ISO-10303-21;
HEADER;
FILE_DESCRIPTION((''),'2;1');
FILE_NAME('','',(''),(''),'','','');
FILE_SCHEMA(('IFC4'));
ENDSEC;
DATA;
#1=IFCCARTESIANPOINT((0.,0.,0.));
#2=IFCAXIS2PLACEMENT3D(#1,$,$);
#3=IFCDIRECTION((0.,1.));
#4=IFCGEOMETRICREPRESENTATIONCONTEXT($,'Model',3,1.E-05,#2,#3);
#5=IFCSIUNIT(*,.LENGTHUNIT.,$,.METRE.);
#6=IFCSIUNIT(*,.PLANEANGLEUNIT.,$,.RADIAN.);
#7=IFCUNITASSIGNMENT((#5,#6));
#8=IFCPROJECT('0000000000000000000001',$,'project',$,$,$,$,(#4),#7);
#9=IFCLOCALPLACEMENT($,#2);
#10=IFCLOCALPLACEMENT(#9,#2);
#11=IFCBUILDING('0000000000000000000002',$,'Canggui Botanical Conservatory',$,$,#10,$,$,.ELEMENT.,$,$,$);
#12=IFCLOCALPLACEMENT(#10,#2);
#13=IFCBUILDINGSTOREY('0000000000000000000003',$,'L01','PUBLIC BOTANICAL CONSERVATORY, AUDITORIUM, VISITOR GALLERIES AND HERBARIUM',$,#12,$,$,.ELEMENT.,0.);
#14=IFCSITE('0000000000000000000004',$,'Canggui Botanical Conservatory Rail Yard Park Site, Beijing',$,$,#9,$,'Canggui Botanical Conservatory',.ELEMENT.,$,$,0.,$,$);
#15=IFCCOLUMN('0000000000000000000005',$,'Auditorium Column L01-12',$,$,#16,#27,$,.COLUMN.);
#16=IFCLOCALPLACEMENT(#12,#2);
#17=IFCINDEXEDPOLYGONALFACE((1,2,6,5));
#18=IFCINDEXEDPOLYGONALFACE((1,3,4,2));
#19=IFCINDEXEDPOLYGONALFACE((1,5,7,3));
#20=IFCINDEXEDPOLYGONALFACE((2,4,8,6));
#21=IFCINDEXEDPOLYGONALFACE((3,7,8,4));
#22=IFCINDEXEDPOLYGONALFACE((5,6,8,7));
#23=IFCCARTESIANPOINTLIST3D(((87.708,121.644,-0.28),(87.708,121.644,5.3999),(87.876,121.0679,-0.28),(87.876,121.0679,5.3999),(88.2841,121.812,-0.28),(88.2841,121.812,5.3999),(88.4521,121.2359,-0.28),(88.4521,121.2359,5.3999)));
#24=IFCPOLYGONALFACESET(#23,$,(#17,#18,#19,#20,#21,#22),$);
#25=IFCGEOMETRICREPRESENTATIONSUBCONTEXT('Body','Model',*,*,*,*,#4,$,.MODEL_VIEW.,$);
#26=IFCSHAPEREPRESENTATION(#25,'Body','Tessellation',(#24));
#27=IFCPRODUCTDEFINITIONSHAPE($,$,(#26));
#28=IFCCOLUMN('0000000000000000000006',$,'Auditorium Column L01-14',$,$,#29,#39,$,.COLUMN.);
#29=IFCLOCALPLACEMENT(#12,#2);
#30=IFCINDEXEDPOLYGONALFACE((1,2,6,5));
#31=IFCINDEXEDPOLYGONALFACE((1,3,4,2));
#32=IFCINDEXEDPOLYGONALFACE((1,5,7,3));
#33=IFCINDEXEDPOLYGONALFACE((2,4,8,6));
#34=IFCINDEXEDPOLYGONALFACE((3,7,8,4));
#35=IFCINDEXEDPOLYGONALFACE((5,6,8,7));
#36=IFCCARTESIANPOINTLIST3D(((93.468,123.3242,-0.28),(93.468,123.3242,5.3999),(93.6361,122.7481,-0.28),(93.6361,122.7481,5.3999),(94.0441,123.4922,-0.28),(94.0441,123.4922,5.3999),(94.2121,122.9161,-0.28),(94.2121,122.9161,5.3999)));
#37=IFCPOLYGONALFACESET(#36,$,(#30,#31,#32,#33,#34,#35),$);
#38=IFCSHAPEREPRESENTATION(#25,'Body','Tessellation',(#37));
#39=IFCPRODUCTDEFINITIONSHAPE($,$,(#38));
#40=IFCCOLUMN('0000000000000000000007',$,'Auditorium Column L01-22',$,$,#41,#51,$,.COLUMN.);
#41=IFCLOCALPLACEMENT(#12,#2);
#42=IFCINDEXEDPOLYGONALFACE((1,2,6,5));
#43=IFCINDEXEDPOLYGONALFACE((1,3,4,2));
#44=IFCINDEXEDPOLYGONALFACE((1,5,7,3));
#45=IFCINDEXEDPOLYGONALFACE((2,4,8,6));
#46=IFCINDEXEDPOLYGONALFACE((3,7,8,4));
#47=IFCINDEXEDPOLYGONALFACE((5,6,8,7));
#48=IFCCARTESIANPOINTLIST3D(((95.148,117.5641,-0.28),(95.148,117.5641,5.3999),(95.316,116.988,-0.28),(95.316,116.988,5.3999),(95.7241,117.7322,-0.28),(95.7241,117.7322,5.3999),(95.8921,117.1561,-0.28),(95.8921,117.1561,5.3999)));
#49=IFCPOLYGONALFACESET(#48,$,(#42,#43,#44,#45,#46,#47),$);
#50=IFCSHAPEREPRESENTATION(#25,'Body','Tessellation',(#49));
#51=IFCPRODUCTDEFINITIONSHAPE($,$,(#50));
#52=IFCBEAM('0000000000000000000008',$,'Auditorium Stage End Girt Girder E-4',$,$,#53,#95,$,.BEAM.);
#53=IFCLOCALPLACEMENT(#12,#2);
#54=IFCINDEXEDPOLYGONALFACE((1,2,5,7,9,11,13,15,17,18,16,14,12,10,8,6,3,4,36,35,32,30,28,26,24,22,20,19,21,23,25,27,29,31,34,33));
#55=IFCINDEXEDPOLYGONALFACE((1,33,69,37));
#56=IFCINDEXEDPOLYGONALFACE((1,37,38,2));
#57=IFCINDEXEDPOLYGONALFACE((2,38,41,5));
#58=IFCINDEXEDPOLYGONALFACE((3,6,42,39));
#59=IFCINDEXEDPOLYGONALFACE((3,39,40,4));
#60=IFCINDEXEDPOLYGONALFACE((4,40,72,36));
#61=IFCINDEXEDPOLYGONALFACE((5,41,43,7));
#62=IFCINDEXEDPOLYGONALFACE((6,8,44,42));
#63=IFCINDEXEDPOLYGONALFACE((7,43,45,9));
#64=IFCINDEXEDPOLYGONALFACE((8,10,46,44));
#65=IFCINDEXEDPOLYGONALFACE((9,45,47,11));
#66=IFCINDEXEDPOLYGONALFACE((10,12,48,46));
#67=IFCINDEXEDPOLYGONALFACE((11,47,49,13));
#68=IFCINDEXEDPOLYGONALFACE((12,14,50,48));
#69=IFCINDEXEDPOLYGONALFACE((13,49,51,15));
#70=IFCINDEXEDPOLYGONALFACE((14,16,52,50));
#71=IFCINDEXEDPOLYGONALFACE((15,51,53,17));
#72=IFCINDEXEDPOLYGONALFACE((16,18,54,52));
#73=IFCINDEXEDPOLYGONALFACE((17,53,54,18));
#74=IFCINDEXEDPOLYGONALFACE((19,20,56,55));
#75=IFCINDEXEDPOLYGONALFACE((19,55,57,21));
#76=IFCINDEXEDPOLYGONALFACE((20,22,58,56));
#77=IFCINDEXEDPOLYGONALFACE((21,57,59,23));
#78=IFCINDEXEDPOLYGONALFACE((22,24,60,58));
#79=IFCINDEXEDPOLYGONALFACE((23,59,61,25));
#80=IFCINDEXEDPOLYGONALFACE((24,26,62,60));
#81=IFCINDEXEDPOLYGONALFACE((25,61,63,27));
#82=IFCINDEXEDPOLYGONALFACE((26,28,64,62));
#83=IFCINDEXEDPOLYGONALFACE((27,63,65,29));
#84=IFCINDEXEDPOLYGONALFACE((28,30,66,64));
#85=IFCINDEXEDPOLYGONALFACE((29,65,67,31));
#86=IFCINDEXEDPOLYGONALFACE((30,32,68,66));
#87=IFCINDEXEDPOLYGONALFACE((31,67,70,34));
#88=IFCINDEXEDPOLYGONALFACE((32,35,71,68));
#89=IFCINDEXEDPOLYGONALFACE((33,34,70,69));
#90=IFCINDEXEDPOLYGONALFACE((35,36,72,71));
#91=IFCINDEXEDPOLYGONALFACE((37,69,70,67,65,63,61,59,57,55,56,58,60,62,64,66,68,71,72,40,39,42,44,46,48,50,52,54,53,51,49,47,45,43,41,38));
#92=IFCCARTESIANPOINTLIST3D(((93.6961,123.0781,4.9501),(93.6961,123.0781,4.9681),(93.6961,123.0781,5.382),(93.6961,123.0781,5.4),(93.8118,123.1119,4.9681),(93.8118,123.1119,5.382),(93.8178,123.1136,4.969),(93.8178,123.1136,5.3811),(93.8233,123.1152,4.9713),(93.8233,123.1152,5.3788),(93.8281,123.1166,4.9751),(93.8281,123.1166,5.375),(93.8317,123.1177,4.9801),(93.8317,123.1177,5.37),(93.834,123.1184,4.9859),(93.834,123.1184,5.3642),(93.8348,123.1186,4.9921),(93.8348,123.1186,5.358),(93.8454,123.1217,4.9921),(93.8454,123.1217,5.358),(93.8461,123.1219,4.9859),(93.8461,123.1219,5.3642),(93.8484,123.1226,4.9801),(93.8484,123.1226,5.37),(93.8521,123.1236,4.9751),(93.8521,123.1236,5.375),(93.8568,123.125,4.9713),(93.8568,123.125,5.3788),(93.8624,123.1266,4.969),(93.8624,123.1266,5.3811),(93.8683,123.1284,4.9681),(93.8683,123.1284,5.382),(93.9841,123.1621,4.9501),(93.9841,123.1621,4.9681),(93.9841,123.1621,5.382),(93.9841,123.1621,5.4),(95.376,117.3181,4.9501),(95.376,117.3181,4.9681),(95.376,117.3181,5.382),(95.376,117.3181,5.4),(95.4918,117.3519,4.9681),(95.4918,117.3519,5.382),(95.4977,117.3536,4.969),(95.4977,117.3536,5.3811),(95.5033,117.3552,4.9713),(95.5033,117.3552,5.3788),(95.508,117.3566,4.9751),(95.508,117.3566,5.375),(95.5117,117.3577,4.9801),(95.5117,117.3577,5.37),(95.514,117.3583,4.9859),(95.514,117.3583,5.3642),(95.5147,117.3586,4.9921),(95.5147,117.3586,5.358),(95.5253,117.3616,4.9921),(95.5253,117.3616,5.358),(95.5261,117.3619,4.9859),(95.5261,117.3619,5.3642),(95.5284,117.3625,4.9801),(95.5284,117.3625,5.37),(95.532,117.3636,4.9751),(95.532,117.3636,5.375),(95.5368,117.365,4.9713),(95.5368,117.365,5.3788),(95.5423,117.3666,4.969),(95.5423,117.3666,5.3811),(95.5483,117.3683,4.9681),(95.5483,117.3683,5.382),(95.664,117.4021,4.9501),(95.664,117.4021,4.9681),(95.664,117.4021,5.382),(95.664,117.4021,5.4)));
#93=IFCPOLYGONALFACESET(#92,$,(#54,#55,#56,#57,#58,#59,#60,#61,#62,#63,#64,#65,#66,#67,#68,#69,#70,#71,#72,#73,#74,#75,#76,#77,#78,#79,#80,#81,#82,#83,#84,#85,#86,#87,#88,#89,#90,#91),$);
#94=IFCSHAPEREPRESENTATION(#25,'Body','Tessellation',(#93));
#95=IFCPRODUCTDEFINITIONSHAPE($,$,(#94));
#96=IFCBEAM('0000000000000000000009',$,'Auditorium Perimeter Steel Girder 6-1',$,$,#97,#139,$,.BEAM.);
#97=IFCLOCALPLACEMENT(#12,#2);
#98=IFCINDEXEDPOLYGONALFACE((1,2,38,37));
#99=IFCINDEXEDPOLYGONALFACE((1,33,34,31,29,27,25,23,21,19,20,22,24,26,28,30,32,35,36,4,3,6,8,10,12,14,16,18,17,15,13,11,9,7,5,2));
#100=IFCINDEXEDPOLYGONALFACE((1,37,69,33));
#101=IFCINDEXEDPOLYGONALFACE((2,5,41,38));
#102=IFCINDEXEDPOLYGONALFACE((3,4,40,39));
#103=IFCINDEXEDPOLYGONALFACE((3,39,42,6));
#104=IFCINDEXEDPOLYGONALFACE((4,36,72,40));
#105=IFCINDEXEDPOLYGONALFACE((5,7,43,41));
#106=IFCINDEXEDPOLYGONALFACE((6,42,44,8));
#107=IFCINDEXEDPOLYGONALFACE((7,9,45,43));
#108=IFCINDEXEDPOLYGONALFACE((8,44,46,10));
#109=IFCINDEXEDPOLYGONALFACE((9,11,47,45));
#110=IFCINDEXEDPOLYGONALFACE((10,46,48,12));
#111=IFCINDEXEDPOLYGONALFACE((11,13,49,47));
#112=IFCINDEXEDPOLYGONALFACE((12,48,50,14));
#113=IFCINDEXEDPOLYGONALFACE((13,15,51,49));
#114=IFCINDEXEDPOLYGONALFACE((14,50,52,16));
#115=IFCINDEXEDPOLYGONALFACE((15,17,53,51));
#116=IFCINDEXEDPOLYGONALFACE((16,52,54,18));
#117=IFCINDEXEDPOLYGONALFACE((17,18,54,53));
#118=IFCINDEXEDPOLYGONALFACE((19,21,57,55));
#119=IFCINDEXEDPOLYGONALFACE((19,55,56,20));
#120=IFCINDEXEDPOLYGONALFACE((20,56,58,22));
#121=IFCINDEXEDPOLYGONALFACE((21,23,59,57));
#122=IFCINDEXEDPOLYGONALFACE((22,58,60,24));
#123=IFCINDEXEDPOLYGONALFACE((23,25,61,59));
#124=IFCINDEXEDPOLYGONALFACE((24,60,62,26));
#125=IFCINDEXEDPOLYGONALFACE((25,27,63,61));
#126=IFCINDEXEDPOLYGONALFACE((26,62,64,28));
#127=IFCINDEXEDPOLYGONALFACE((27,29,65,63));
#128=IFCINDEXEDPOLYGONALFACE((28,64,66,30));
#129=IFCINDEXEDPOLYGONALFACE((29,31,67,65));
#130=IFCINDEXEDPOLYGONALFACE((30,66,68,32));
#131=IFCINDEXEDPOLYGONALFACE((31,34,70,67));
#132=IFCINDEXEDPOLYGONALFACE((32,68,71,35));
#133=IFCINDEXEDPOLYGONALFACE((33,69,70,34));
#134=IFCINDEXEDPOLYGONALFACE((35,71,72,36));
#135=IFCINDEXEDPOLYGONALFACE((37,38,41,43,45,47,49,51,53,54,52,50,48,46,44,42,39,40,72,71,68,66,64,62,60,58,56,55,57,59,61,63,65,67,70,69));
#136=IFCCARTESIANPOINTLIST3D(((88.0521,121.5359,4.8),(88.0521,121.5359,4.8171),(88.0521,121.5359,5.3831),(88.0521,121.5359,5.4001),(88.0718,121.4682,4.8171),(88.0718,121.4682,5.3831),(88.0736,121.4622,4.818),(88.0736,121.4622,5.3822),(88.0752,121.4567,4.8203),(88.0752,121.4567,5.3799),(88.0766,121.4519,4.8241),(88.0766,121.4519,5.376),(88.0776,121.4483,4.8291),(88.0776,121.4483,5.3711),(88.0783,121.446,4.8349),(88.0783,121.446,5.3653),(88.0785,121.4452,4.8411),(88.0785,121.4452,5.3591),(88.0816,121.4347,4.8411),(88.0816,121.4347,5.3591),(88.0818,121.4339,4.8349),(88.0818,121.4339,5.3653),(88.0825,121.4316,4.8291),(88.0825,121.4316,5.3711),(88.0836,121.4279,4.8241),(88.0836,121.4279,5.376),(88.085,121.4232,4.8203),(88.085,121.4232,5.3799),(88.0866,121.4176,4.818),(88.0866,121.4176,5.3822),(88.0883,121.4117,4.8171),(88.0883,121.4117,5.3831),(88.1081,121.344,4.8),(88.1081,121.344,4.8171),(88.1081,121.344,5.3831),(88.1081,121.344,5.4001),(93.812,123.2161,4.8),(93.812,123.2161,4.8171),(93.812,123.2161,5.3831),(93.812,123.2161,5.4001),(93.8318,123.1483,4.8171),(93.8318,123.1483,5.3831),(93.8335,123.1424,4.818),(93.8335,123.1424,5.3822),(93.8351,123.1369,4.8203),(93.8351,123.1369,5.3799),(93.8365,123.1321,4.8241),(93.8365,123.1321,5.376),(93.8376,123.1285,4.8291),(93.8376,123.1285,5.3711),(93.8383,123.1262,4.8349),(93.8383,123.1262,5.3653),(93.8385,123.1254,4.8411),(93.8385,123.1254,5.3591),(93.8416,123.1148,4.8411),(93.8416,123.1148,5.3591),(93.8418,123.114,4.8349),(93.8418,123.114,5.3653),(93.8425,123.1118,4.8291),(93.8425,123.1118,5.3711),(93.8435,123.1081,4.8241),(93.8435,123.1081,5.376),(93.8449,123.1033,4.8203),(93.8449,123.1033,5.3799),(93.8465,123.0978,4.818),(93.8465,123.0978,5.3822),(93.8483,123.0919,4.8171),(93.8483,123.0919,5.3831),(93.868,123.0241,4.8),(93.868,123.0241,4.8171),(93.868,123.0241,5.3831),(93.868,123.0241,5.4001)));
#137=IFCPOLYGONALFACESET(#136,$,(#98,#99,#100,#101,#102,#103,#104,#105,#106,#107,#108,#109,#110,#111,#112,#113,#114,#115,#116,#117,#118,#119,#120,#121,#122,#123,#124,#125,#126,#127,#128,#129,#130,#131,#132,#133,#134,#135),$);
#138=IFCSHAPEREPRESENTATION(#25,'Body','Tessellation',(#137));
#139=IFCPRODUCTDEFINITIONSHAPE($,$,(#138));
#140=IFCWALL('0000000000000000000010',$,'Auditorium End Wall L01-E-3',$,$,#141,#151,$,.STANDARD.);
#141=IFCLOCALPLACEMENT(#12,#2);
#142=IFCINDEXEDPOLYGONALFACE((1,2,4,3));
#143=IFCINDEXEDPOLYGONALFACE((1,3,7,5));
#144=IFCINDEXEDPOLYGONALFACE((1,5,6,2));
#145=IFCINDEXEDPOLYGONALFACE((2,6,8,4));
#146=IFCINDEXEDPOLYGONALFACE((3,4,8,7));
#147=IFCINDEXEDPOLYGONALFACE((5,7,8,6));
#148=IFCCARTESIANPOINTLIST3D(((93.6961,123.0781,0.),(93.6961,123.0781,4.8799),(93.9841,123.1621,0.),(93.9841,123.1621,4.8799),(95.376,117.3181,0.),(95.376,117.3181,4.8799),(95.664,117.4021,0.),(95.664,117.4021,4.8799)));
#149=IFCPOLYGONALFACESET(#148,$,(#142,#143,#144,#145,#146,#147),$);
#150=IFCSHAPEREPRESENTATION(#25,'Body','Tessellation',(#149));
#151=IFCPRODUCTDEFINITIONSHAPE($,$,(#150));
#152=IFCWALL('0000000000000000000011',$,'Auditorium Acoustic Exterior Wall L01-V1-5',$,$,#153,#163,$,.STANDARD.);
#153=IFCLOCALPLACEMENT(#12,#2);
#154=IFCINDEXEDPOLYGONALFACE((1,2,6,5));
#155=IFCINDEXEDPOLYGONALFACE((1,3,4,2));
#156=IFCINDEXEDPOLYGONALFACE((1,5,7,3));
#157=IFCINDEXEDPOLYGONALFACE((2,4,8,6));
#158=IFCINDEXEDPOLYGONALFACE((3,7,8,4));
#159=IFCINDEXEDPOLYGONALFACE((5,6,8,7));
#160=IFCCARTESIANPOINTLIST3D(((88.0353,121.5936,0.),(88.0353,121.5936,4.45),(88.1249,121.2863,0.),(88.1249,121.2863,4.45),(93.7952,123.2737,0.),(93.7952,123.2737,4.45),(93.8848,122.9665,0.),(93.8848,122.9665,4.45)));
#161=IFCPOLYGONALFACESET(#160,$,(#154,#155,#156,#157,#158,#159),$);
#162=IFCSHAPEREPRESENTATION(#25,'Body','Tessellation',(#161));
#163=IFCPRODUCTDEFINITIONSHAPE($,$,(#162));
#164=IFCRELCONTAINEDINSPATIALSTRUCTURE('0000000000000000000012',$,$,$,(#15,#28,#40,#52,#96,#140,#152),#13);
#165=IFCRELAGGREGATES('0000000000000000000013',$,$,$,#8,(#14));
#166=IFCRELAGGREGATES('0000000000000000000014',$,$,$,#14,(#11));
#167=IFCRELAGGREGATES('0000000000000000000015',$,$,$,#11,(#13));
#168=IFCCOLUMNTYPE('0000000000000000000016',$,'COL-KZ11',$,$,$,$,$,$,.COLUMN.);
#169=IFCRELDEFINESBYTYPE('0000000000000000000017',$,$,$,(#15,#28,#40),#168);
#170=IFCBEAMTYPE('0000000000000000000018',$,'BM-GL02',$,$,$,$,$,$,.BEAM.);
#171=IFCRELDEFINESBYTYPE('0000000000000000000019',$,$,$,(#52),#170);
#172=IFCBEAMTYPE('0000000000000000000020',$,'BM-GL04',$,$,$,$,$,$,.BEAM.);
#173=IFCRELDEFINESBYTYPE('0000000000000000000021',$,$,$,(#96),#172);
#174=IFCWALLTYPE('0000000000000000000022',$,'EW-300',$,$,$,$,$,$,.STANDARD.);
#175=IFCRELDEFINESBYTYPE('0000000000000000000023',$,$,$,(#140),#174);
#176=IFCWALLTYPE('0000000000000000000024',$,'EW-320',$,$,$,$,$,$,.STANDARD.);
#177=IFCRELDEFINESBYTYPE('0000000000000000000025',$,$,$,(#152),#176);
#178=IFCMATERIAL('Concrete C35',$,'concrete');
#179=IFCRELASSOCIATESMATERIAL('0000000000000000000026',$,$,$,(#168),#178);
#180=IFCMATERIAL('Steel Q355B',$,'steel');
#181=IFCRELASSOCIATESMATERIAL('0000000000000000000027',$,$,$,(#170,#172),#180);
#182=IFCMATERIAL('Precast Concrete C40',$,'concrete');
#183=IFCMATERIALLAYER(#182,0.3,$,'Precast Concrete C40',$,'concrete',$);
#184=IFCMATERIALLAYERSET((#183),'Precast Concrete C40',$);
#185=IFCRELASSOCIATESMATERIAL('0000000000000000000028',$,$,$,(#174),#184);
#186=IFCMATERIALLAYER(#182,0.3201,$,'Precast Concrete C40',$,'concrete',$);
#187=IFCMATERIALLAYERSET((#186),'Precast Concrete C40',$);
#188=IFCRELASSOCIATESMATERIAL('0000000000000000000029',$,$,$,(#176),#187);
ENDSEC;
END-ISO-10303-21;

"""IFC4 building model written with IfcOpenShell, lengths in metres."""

from ifc_helpers import new_model, si_unit, direction, frame, frame_2d, origin, origin_2d, place, context, subcontext, project, spatial, rectangle, i_section, extrude, material, layer, layer_set, material_profile, profile_set, type_object, element, save


model = new_model("IFC4")

# Units and contexts
model_context = context("Model", 3, precision=1e-05, world=origin(), true_north=direction((0.0, 1.0)))
body_context = subcontext(model_context, "Body", "Model", "MODEL_VIEW")
ifc_project = project(units=[si_unit("LENGTHUNIT", "METRE"), si_unit("PLANEANGLEUNIT", "RADIAN")], contexts=[model_context])

# Site, building, storey
site_placement = place(None, origin())
site = spatial("IfcSite", under=ifc_project, at=site_placement, Name="Canggui Botanical Conservatory Rail Yard Park Site, Beijing", LongName="Canggui Botanical Conservatory", CompositionType="ELEMENT", RefElevation=0.0)
building_placement = place(site_placement, origin())
building = spatial("IfcBuilding", under=site, at=building_placement, Name="Canggui Botanical Conservatory", CompositionType="ELEMENT")
storey_placement = place(building_placement, origin())
storey = spatial("IfcBuildingStorey", under=building, at=storey_placement, Name="L01", Description="PUBLIC BOTANICAL CONSERVATORY, AUDITORIUM, VISITOR GALLERIES AND HERBARIUM", CompositionType="ELEMENT", Elevation=0.0)

# Shared definitions
ifc_material_1 = material(Name="Concrete C35", Category="concrete")

# Columns
ifc_material_profile_1 = material_profile(ifc_material_1, rectangle(XDim=0.6001, YDim=0.6001, at=origin_2d()), Name="RC 600x600")
ifc_profile_set_1 = profile_set([ifc_material_profile_1], Name="Concrete C35")
column_type = type_object("IfcColumnType", Name="COL-KZ11", PredefinedType="COLUMN", material=ifc_profile_set_1)
for number, where, z_axis, x_axis, name in (
    (1, (88.0801, 121.4399, -0.28), (0.0, 0.0, 1.0), (0.96, 0.28, 0.0), "Auditorium Column L01-12"),
    (2, (93.8401, 123.1201, -0.28), (0.0, 0.0, 1.0), (0.96, 0.28, 0.0), "Auditorium Column L01-14"),
    (3, (95.52, 117.3601, -0.28), (0.0, 0.0, 1.0), (0.96, 0.28, 0.0), "Auditorium Column L01-22"),
):
    element("IfcColumn", number, at=place(storey_placement, frame(where, z_axis=z_axis, x_axis=x_axis)), inside=storey, type_object=column_type, Name=name, PredefinedType="COLUMN", context=body_context, shape_type="SweptSolid", body=[
        extrude(rectangle(XDim=0.6001, YDim=0.6001, at=origin_2d()), origin(), (0.0, 0.0, 1.0), 5.6799),
    ])

# Beams
ifc_material_2 = material(Name="Steel Q355B", Category="steel")
ifc_material_profile_2 = material_profile(ifc_material_2, i_section(OverallWidth=0.3, OverallDepth=0.45, WebThickness=0.011, FlangeThickness=0.0181, FilletRadius=0.0239, at=origin_2d()), Name="HM 450x300x11x18")
ifc_profile_set_2 = profile_set([ifc_material_profile_2], Name="Steel Q355B")
beam_type_1 = type_object("IfcBeamType", Name="BM-GL02", PredefinedType="BEAM", material=ifc_profile_set_2)
beam_1_placement = place(storey_placement, frame((95.52, 117.3601, 5.175), z_axis=(-0.279989, 0.960003, 0.0), x_axis=(-0.960003, -0.279989, 0.0)))
element("IfcBeam", 4, at=beam_1_placement, inside=storey, type_object=beam_type_1, Name="Auditorium Stage End Girt Girder E-4", PredefinedType="BEAM", context=body_context, shape_type="SweptSolid", body=[
    extrude(i_section(OverallWidth=0.3, OverallDepth=0.45, WebThickness=0.011, FlangeThickness=0.0181, FilletRadius=0.0239, at=origin_2d()), origin(), (0.0, 0.0, 1.0), 6.0),
])
ifc_material_profile_3 = material_profile(ifc_material_2, i_section(OverallWidth=0.2, OverallDepth=0.6001, WebThickness=0.011, FlangeThickness=0.0171, FilletRadius=0.0239, at=origin_2d()), Name="HN 600x200x11x17")
ifc_profile_set_3 = profile_set([ifc_material_profile_3], Name="Steel Q355B")
beam_type_2 = type_object("IfcBeamType", Name="BM-GL04", PredefinedType="BEAM", material=ifc_profile_set_3)
beam_2_placement = place(storey_placement, frame((88.0801, 121.4399, 5.1001), z_axis=(0.959992, 0.280027, 0.0), x_axis=(-0.280027, 0.959992, 0.0)))
element("IfcBeam", 5, at=beam_2_placement, inside=storey, type_object=beam_type_2, Name="Auditorium Perimeter Steel Girder 6-1", PredefinedType="BEAM", context=body_context, shape_type="SweptSolid", body=[
    extrude(i_section(OverallWidth=0.2, OverallDepth=0.6001, WebThickness=0.011, FlangeThickness=0.0171, FilletRadius=0.0239, at=origin_2d()), origin(), (0.0, 0.0, 1.0), 6.0),
])

# Walls
ifc_material_3 = material(Name="Precast Concrete C40", Category="concrete")
ifc_layer_1 = layer(ifc_material_3, 0.3, Name="Precast Concrete C40", Category="concrete")
ifc_layer_set_1 = layer_set([ifc_layer_1], Name="Precast Concrete C40")
wall_type_1 = type_object("IfcWallType", Name="EW-300", PredefinedType="STANDARD", material=ifc_layer_set_1)
wall_1_placement = place(storey_placement, frame((93.8401, 123.1201, 0.0), z_axis=(0.0, 0.0, 1.0), x_axis=(0.279989, -0.960003, 0.0)))
element("IfcWall", 6, at=wall_1_placement, inside=storey, type_object=wall_type_1, Name="Auditorium End Wall L01-E-3", PredefinedType="STANDARD", context=body_context, shape_type="SweptSolid", body=[
    extrude(rectangle(XDim=6.0, YDim=0.3, at=frame_2d((3.0, 0.0))), origin(), (0.0, 0.0, 1.0), 4.8799),
])
ifc_layer_2 = layer(ifc_material_3, 0.3201, Name="Precast Concrete C40", Category="concrete")
ifc_layer_set_2 = layer_set([ifc_layer_2], Name="Precast Concrete C40")
wall_type_2 = type_object("IfcWallType", Name="EW-320", PredefinedType="STANDARD", material=ifc_layer_set_2)
wall_2_placement = place(storey_placement, frame((88.0801, 121.4399, 0.0), z_axis=(0.0, 0.0, 1.0), x_axis=(0.959992, 0.280027, 0.0)))
element("IfcWall", 7, at=wall_2_placement, inside=storey, type_object=wall_type_2, Name="Auditorium Acoustic Exterior Wall L01-V1-5", PredefinedType="STANDARD", context=body_context, shape_type="SweptSolid", body=[
    extrude(rectangle(XDim=6.0, YDim=0.3201, at=frame_2d((3.0, 0.0))), origin(), (0.0, 0.0, 1.0), 4.45),
])

save(model, "model.ifc")
